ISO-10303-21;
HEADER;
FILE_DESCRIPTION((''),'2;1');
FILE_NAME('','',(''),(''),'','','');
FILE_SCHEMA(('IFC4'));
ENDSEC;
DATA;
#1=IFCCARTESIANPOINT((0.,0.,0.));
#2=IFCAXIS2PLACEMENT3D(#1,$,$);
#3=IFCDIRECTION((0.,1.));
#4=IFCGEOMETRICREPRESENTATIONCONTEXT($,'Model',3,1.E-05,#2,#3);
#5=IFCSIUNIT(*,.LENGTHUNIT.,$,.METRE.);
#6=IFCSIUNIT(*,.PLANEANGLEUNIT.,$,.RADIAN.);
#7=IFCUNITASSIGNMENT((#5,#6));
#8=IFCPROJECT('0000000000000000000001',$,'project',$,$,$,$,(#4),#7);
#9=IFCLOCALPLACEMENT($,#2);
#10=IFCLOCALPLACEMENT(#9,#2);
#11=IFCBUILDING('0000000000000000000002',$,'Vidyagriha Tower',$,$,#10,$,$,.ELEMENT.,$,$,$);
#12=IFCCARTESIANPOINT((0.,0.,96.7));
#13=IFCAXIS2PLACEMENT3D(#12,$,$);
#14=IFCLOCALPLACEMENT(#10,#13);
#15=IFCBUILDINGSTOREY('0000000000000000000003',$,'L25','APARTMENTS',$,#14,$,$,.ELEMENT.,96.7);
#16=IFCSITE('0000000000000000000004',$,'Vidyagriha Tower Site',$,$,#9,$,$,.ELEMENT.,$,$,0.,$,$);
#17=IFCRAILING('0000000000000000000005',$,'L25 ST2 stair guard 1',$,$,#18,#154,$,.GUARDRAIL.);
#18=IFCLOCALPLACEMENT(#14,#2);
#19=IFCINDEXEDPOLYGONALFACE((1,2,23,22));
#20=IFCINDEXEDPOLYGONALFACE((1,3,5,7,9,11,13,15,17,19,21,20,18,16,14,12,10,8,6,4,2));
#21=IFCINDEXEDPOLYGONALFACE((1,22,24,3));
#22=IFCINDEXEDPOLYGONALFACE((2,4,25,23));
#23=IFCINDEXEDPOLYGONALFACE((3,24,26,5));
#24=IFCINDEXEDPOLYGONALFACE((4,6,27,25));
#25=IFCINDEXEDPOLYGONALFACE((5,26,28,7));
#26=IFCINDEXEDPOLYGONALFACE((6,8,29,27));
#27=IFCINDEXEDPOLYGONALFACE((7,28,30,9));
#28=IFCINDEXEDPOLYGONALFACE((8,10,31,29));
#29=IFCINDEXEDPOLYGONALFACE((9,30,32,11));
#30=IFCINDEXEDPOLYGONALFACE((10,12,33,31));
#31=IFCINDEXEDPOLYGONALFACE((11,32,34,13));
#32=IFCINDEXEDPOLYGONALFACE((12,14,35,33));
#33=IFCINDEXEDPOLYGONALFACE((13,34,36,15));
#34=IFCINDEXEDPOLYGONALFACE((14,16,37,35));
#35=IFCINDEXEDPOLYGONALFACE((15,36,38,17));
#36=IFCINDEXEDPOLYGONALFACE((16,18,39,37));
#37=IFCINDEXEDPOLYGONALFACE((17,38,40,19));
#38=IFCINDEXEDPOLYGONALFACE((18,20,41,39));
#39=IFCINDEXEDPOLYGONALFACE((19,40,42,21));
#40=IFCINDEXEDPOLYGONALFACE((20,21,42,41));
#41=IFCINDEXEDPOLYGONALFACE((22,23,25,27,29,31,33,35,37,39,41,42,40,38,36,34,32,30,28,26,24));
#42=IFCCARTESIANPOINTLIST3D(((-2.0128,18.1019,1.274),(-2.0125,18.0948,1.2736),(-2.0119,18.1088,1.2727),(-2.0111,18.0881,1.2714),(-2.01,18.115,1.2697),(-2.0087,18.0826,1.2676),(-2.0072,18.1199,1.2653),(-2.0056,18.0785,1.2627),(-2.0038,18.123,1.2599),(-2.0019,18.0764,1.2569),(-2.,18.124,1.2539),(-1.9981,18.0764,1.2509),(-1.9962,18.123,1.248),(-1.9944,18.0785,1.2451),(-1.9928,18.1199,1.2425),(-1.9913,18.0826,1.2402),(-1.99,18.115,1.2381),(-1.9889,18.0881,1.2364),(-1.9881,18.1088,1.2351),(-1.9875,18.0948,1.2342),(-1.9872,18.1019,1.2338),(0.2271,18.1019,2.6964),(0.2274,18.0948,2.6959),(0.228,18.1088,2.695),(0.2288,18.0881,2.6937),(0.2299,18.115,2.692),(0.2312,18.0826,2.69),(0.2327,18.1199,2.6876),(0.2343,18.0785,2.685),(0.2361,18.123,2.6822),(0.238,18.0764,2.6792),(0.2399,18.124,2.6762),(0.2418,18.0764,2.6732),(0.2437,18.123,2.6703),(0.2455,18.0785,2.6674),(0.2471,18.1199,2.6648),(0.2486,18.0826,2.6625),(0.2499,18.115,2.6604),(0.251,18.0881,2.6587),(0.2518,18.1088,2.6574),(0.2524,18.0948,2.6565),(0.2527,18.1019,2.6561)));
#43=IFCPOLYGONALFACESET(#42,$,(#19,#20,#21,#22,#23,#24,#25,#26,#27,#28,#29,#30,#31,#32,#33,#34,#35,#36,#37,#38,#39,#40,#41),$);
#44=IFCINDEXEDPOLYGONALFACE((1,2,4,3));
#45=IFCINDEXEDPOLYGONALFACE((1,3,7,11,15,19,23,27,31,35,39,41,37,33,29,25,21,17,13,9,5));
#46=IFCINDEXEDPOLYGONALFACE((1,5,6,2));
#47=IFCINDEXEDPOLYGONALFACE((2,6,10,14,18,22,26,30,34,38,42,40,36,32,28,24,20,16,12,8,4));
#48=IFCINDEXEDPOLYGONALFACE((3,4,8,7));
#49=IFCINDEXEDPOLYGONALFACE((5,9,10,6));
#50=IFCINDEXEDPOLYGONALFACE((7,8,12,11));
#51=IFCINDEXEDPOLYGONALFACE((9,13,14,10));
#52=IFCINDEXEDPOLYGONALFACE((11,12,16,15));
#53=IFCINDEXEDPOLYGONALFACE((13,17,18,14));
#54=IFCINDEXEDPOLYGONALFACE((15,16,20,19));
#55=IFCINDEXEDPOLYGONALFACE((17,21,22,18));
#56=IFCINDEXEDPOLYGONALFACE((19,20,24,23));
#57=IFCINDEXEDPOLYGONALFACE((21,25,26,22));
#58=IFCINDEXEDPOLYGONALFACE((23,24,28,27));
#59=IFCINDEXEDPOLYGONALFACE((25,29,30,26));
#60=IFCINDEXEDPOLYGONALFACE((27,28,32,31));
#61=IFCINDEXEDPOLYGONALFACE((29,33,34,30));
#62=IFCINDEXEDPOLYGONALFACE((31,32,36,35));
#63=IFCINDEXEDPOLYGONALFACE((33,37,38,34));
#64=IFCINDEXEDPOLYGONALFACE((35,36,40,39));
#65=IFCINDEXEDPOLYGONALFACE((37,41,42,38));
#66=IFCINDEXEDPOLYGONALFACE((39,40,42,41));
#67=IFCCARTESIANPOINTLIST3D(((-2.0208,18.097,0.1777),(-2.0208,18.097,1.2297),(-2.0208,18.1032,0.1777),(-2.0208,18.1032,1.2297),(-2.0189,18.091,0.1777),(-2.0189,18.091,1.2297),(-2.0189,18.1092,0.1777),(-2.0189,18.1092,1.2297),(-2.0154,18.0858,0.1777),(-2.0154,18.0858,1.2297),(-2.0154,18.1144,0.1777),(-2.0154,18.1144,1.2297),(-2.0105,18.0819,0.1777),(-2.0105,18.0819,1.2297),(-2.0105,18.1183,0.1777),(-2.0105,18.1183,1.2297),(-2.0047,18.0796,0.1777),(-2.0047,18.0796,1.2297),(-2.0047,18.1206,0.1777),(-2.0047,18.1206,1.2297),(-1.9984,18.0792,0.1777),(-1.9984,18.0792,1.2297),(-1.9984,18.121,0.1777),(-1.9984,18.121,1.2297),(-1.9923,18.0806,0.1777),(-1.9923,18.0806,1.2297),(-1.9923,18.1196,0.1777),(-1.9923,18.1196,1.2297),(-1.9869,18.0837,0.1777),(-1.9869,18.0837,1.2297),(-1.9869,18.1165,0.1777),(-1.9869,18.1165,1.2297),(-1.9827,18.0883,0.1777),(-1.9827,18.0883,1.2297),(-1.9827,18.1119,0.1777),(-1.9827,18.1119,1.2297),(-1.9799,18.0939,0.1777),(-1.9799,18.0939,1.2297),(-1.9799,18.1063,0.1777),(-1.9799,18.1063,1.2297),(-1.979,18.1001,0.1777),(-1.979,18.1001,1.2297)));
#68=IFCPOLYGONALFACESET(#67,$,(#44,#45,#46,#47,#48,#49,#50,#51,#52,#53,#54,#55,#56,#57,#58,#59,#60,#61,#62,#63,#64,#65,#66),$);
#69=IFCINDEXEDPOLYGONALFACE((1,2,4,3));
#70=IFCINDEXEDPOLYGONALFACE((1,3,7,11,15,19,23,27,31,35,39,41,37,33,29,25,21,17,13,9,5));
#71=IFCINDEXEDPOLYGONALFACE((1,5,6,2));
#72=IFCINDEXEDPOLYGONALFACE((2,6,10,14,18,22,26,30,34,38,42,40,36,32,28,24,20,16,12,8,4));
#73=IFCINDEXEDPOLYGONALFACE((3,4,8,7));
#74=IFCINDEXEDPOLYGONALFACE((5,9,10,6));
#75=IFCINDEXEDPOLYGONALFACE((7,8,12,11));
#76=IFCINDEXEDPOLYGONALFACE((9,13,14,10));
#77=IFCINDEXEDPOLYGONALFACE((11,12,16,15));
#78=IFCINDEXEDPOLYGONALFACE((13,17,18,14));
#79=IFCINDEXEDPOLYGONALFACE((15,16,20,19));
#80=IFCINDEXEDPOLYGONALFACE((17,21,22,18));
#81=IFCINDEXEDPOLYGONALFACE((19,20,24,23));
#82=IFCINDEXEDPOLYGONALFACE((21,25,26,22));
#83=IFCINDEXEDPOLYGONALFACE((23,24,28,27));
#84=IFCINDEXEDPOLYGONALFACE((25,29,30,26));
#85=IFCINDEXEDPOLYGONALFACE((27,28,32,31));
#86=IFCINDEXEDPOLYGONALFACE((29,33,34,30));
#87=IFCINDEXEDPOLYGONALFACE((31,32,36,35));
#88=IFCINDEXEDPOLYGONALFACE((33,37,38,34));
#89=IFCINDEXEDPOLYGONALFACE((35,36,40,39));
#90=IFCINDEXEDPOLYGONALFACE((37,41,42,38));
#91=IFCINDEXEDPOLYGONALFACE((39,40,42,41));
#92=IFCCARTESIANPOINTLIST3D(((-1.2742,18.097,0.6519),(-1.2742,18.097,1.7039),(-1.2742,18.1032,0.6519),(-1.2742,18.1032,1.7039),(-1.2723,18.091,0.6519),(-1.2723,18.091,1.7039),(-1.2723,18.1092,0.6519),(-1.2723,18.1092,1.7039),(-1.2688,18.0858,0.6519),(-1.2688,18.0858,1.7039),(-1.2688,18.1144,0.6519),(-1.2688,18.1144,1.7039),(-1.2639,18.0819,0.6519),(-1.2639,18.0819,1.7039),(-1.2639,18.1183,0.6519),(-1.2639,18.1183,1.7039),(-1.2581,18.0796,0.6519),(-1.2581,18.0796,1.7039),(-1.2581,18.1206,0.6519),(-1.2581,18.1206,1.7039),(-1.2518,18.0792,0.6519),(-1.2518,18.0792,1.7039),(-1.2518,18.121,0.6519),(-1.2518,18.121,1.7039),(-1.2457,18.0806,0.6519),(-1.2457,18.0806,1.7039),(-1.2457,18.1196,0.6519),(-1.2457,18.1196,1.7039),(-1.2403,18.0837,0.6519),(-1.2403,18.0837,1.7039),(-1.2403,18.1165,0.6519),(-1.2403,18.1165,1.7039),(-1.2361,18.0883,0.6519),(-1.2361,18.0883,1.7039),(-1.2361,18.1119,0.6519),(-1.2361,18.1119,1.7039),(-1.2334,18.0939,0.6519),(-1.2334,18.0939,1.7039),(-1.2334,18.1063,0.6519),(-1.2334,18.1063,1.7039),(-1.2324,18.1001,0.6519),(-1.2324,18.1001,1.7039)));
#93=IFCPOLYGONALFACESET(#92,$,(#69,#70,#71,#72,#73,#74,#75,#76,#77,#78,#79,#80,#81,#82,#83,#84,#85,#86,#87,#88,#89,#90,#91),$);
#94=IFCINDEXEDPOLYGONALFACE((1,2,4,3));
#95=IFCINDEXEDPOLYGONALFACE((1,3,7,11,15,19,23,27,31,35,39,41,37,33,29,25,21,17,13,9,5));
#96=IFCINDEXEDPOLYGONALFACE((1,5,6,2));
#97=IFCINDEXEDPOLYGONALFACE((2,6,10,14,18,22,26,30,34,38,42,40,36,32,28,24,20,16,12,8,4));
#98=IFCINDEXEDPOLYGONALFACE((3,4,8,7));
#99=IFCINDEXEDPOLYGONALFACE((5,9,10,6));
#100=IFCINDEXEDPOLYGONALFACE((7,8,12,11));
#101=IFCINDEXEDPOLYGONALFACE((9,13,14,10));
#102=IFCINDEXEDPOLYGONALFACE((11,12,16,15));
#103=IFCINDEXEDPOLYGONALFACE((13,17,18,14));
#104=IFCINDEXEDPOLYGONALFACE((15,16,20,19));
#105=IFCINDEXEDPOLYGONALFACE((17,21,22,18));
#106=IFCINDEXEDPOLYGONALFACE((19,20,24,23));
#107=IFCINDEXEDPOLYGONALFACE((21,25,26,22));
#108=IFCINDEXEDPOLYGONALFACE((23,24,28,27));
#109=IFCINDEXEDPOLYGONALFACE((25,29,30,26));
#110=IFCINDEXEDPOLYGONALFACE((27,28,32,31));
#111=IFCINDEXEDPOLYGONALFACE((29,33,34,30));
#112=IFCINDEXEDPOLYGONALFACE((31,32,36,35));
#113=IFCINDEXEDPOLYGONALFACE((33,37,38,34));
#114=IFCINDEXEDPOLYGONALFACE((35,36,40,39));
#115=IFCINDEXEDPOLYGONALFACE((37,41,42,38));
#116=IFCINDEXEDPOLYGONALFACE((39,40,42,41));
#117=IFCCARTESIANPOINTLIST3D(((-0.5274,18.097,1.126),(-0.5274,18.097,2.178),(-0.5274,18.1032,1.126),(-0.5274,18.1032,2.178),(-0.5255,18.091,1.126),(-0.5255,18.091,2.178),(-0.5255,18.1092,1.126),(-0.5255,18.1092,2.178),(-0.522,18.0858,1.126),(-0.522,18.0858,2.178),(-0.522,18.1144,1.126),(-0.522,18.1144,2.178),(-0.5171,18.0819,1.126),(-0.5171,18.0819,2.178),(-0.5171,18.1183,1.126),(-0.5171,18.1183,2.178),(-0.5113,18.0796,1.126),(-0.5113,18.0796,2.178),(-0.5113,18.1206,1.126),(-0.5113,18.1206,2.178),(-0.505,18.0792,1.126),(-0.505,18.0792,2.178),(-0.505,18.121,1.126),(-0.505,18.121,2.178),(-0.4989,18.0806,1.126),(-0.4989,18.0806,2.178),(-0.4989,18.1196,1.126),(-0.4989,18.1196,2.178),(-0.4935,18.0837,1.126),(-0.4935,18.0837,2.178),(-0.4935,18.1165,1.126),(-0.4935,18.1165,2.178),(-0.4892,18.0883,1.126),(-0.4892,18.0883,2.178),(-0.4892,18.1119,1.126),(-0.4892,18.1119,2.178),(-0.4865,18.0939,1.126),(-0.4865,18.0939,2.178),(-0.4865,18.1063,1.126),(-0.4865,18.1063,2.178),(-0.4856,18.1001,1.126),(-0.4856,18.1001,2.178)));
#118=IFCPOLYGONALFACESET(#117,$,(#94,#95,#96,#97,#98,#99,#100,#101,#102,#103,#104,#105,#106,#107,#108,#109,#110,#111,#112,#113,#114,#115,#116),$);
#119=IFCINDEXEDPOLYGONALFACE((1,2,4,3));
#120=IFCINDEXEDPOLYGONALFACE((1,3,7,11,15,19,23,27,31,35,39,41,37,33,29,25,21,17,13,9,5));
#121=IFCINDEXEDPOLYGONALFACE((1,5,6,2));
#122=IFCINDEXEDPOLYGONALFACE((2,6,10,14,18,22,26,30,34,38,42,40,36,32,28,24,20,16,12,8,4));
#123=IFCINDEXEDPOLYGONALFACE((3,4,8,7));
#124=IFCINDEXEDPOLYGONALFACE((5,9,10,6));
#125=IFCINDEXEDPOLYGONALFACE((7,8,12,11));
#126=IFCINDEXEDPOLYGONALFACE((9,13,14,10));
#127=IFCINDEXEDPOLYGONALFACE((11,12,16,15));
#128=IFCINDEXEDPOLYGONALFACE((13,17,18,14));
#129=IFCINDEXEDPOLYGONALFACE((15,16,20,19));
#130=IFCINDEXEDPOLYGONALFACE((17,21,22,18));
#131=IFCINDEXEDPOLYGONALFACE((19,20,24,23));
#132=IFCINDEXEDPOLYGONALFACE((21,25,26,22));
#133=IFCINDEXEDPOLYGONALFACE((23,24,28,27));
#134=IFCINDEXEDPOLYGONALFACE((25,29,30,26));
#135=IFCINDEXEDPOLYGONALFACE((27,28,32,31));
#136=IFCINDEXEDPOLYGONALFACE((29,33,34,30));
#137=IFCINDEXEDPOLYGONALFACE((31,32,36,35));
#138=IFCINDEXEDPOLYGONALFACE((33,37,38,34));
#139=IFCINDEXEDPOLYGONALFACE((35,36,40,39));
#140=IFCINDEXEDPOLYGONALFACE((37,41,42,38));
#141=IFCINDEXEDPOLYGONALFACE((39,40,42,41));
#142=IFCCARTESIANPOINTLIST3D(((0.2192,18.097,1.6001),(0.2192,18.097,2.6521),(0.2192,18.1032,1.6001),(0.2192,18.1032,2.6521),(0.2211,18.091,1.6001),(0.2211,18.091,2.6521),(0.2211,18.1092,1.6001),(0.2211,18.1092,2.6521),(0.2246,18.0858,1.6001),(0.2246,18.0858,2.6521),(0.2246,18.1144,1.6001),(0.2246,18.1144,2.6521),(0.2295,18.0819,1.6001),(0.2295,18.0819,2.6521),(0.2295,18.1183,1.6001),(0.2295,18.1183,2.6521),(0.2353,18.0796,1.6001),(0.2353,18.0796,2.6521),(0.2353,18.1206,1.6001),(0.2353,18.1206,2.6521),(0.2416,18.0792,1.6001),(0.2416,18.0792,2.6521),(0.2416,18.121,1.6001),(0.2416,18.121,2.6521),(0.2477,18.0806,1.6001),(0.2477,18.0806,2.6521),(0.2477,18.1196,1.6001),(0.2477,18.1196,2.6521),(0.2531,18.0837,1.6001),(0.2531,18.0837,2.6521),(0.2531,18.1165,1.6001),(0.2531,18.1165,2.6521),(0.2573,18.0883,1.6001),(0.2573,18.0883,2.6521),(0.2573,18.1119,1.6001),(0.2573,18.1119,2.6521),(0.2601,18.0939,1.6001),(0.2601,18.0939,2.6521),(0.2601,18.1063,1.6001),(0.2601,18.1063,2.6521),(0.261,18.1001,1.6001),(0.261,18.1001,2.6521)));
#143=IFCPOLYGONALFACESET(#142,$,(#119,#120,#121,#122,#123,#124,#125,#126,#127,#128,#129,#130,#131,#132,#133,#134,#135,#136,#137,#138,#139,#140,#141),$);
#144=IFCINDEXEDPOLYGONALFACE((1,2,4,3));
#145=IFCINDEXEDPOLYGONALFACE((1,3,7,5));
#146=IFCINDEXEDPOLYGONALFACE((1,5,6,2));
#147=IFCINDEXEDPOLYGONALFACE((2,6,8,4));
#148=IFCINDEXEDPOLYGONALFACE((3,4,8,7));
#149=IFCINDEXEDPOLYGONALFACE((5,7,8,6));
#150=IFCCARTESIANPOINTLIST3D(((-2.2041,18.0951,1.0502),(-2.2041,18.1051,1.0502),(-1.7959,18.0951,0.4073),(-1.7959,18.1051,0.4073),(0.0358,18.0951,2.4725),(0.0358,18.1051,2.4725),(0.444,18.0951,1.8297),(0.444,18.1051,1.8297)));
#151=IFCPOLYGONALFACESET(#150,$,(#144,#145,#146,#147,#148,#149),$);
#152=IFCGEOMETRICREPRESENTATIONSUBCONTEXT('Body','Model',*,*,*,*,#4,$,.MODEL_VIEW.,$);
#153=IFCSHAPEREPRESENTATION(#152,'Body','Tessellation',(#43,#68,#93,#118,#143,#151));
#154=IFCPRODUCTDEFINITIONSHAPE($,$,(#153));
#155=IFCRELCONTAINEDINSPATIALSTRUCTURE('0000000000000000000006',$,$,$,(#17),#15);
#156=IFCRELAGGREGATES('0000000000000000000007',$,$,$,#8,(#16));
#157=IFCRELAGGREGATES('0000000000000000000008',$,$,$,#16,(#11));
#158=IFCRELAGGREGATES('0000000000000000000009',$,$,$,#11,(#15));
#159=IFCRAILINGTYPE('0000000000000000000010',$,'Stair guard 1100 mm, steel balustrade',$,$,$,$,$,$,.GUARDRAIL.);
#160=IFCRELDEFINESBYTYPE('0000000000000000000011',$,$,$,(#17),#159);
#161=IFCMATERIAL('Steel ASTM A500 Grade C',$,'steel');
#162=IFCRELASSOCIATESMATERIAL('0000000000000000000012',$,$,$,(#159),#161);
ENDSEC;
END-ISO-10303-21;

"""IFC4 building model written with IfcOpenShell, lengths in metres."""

from ifc_helpers import new_model, si_unit, direction, frame, origin, origin_2d, place, context, subcontext, project, spatial, rectangle, circle, extrude, material, type_object, element, save


model = new_model("IFC4")

# Units and contexts
model_context = context("Model", 3, precision=1e-05, world=origin(), true_north=direction((0.0, 1.0)))
body_context = subcontext(model_context, "Body", "Model", "MODEL_VIEW")
ifc_project = project(units=[si_unit("LENGTHUNIT", "METRE"), si_unit("PLANEANGLEUNIT", "RADIAN")], contexts=[model_context])

# Site, building, storey
site_placement = place(None, origin())
site = spatial("IfcSite", under=ifc_project, at=site_placement, Name="Vidyagriha Tower Site", CompositionType="ELEMENT", RefElevation=0.0)
building_placement = place(site_placement, origin())
building = spatial("IfcBuilding", under=site, at=building_placement, Name="Vidyagriha Tower", CompositionType="ELEMENT")
storey_placement = place(building_placement, frame((0.0, 0.0, 96.7)))
storey = spatial("IfcBuildingStorey", under=building, at=storey_placement, Name="L25", Description="APARTMENTS", CompositionType="ELEMENT", Elevation=96.7)

# Railing
ifc_material_1 = material(Name="Steel ASTM A500 Grade C", Category="steel")
railing_type_1 = type_object("IfcRailingType", Name="Stair guard 1100 mm, steel balustrade", PredefinedType="GUARDRAIL", material=ifc_material_1)
railing_1_placement = place(storey_placement, frame((-2.0, 18.1001, 0.1777)))
element("IfcRailing", 1, at=railing_1_placement, inside=storey, type_object=railing_type_1, Name="L25 ST2 stair guard 1", PredefinedType="GUARDRAIL", context=body_context, shape_type="SweptSolid", body=[
    extrude(circle(Radius=0.0239, at=origin_2d()), frame((0.0, 0.0, 1.0762), z_axis=(0.844188, 0.0, 0.536048), x_axis=(0.0, 1.0, 0.0)), (0.0, 0.0, 1.0), 2.6533),
    extrude(circle(Radius=0.021, at=origin_2d()), origin(), (0.0, 0.0, 1.0), 1.052),
    extrude(circle(Radius=0.021, at=origin_2d()), frame((0.7466, 0.0, 0.4741)), (0.0, 0.0, 1.0), 1.052),
    extrude(circle(Radius=0.021, at=origin_2d()), frame((1.4934, 0.0, 0.9482)), (0.0, 0.0, 1.0), 1.052),
    extrude(circle(Radius=0.021, at=origin_2d()), frame((2.24, 0.0, 1.4224)), (0.0, 0.0, 1.0), 1.052),
    extrude(rectangle(XDim=0.01, YDim=0.7615, at=origin_2d()), frame((0.0, 0.0, 0.551), z_axis=(0.844188, 0.0, 0.536048), x_axis=(0.0, 1.0, 0.0)), (0.0, 0.0, 1.0), 2.6533),
])

save(model, "model.ifc")
